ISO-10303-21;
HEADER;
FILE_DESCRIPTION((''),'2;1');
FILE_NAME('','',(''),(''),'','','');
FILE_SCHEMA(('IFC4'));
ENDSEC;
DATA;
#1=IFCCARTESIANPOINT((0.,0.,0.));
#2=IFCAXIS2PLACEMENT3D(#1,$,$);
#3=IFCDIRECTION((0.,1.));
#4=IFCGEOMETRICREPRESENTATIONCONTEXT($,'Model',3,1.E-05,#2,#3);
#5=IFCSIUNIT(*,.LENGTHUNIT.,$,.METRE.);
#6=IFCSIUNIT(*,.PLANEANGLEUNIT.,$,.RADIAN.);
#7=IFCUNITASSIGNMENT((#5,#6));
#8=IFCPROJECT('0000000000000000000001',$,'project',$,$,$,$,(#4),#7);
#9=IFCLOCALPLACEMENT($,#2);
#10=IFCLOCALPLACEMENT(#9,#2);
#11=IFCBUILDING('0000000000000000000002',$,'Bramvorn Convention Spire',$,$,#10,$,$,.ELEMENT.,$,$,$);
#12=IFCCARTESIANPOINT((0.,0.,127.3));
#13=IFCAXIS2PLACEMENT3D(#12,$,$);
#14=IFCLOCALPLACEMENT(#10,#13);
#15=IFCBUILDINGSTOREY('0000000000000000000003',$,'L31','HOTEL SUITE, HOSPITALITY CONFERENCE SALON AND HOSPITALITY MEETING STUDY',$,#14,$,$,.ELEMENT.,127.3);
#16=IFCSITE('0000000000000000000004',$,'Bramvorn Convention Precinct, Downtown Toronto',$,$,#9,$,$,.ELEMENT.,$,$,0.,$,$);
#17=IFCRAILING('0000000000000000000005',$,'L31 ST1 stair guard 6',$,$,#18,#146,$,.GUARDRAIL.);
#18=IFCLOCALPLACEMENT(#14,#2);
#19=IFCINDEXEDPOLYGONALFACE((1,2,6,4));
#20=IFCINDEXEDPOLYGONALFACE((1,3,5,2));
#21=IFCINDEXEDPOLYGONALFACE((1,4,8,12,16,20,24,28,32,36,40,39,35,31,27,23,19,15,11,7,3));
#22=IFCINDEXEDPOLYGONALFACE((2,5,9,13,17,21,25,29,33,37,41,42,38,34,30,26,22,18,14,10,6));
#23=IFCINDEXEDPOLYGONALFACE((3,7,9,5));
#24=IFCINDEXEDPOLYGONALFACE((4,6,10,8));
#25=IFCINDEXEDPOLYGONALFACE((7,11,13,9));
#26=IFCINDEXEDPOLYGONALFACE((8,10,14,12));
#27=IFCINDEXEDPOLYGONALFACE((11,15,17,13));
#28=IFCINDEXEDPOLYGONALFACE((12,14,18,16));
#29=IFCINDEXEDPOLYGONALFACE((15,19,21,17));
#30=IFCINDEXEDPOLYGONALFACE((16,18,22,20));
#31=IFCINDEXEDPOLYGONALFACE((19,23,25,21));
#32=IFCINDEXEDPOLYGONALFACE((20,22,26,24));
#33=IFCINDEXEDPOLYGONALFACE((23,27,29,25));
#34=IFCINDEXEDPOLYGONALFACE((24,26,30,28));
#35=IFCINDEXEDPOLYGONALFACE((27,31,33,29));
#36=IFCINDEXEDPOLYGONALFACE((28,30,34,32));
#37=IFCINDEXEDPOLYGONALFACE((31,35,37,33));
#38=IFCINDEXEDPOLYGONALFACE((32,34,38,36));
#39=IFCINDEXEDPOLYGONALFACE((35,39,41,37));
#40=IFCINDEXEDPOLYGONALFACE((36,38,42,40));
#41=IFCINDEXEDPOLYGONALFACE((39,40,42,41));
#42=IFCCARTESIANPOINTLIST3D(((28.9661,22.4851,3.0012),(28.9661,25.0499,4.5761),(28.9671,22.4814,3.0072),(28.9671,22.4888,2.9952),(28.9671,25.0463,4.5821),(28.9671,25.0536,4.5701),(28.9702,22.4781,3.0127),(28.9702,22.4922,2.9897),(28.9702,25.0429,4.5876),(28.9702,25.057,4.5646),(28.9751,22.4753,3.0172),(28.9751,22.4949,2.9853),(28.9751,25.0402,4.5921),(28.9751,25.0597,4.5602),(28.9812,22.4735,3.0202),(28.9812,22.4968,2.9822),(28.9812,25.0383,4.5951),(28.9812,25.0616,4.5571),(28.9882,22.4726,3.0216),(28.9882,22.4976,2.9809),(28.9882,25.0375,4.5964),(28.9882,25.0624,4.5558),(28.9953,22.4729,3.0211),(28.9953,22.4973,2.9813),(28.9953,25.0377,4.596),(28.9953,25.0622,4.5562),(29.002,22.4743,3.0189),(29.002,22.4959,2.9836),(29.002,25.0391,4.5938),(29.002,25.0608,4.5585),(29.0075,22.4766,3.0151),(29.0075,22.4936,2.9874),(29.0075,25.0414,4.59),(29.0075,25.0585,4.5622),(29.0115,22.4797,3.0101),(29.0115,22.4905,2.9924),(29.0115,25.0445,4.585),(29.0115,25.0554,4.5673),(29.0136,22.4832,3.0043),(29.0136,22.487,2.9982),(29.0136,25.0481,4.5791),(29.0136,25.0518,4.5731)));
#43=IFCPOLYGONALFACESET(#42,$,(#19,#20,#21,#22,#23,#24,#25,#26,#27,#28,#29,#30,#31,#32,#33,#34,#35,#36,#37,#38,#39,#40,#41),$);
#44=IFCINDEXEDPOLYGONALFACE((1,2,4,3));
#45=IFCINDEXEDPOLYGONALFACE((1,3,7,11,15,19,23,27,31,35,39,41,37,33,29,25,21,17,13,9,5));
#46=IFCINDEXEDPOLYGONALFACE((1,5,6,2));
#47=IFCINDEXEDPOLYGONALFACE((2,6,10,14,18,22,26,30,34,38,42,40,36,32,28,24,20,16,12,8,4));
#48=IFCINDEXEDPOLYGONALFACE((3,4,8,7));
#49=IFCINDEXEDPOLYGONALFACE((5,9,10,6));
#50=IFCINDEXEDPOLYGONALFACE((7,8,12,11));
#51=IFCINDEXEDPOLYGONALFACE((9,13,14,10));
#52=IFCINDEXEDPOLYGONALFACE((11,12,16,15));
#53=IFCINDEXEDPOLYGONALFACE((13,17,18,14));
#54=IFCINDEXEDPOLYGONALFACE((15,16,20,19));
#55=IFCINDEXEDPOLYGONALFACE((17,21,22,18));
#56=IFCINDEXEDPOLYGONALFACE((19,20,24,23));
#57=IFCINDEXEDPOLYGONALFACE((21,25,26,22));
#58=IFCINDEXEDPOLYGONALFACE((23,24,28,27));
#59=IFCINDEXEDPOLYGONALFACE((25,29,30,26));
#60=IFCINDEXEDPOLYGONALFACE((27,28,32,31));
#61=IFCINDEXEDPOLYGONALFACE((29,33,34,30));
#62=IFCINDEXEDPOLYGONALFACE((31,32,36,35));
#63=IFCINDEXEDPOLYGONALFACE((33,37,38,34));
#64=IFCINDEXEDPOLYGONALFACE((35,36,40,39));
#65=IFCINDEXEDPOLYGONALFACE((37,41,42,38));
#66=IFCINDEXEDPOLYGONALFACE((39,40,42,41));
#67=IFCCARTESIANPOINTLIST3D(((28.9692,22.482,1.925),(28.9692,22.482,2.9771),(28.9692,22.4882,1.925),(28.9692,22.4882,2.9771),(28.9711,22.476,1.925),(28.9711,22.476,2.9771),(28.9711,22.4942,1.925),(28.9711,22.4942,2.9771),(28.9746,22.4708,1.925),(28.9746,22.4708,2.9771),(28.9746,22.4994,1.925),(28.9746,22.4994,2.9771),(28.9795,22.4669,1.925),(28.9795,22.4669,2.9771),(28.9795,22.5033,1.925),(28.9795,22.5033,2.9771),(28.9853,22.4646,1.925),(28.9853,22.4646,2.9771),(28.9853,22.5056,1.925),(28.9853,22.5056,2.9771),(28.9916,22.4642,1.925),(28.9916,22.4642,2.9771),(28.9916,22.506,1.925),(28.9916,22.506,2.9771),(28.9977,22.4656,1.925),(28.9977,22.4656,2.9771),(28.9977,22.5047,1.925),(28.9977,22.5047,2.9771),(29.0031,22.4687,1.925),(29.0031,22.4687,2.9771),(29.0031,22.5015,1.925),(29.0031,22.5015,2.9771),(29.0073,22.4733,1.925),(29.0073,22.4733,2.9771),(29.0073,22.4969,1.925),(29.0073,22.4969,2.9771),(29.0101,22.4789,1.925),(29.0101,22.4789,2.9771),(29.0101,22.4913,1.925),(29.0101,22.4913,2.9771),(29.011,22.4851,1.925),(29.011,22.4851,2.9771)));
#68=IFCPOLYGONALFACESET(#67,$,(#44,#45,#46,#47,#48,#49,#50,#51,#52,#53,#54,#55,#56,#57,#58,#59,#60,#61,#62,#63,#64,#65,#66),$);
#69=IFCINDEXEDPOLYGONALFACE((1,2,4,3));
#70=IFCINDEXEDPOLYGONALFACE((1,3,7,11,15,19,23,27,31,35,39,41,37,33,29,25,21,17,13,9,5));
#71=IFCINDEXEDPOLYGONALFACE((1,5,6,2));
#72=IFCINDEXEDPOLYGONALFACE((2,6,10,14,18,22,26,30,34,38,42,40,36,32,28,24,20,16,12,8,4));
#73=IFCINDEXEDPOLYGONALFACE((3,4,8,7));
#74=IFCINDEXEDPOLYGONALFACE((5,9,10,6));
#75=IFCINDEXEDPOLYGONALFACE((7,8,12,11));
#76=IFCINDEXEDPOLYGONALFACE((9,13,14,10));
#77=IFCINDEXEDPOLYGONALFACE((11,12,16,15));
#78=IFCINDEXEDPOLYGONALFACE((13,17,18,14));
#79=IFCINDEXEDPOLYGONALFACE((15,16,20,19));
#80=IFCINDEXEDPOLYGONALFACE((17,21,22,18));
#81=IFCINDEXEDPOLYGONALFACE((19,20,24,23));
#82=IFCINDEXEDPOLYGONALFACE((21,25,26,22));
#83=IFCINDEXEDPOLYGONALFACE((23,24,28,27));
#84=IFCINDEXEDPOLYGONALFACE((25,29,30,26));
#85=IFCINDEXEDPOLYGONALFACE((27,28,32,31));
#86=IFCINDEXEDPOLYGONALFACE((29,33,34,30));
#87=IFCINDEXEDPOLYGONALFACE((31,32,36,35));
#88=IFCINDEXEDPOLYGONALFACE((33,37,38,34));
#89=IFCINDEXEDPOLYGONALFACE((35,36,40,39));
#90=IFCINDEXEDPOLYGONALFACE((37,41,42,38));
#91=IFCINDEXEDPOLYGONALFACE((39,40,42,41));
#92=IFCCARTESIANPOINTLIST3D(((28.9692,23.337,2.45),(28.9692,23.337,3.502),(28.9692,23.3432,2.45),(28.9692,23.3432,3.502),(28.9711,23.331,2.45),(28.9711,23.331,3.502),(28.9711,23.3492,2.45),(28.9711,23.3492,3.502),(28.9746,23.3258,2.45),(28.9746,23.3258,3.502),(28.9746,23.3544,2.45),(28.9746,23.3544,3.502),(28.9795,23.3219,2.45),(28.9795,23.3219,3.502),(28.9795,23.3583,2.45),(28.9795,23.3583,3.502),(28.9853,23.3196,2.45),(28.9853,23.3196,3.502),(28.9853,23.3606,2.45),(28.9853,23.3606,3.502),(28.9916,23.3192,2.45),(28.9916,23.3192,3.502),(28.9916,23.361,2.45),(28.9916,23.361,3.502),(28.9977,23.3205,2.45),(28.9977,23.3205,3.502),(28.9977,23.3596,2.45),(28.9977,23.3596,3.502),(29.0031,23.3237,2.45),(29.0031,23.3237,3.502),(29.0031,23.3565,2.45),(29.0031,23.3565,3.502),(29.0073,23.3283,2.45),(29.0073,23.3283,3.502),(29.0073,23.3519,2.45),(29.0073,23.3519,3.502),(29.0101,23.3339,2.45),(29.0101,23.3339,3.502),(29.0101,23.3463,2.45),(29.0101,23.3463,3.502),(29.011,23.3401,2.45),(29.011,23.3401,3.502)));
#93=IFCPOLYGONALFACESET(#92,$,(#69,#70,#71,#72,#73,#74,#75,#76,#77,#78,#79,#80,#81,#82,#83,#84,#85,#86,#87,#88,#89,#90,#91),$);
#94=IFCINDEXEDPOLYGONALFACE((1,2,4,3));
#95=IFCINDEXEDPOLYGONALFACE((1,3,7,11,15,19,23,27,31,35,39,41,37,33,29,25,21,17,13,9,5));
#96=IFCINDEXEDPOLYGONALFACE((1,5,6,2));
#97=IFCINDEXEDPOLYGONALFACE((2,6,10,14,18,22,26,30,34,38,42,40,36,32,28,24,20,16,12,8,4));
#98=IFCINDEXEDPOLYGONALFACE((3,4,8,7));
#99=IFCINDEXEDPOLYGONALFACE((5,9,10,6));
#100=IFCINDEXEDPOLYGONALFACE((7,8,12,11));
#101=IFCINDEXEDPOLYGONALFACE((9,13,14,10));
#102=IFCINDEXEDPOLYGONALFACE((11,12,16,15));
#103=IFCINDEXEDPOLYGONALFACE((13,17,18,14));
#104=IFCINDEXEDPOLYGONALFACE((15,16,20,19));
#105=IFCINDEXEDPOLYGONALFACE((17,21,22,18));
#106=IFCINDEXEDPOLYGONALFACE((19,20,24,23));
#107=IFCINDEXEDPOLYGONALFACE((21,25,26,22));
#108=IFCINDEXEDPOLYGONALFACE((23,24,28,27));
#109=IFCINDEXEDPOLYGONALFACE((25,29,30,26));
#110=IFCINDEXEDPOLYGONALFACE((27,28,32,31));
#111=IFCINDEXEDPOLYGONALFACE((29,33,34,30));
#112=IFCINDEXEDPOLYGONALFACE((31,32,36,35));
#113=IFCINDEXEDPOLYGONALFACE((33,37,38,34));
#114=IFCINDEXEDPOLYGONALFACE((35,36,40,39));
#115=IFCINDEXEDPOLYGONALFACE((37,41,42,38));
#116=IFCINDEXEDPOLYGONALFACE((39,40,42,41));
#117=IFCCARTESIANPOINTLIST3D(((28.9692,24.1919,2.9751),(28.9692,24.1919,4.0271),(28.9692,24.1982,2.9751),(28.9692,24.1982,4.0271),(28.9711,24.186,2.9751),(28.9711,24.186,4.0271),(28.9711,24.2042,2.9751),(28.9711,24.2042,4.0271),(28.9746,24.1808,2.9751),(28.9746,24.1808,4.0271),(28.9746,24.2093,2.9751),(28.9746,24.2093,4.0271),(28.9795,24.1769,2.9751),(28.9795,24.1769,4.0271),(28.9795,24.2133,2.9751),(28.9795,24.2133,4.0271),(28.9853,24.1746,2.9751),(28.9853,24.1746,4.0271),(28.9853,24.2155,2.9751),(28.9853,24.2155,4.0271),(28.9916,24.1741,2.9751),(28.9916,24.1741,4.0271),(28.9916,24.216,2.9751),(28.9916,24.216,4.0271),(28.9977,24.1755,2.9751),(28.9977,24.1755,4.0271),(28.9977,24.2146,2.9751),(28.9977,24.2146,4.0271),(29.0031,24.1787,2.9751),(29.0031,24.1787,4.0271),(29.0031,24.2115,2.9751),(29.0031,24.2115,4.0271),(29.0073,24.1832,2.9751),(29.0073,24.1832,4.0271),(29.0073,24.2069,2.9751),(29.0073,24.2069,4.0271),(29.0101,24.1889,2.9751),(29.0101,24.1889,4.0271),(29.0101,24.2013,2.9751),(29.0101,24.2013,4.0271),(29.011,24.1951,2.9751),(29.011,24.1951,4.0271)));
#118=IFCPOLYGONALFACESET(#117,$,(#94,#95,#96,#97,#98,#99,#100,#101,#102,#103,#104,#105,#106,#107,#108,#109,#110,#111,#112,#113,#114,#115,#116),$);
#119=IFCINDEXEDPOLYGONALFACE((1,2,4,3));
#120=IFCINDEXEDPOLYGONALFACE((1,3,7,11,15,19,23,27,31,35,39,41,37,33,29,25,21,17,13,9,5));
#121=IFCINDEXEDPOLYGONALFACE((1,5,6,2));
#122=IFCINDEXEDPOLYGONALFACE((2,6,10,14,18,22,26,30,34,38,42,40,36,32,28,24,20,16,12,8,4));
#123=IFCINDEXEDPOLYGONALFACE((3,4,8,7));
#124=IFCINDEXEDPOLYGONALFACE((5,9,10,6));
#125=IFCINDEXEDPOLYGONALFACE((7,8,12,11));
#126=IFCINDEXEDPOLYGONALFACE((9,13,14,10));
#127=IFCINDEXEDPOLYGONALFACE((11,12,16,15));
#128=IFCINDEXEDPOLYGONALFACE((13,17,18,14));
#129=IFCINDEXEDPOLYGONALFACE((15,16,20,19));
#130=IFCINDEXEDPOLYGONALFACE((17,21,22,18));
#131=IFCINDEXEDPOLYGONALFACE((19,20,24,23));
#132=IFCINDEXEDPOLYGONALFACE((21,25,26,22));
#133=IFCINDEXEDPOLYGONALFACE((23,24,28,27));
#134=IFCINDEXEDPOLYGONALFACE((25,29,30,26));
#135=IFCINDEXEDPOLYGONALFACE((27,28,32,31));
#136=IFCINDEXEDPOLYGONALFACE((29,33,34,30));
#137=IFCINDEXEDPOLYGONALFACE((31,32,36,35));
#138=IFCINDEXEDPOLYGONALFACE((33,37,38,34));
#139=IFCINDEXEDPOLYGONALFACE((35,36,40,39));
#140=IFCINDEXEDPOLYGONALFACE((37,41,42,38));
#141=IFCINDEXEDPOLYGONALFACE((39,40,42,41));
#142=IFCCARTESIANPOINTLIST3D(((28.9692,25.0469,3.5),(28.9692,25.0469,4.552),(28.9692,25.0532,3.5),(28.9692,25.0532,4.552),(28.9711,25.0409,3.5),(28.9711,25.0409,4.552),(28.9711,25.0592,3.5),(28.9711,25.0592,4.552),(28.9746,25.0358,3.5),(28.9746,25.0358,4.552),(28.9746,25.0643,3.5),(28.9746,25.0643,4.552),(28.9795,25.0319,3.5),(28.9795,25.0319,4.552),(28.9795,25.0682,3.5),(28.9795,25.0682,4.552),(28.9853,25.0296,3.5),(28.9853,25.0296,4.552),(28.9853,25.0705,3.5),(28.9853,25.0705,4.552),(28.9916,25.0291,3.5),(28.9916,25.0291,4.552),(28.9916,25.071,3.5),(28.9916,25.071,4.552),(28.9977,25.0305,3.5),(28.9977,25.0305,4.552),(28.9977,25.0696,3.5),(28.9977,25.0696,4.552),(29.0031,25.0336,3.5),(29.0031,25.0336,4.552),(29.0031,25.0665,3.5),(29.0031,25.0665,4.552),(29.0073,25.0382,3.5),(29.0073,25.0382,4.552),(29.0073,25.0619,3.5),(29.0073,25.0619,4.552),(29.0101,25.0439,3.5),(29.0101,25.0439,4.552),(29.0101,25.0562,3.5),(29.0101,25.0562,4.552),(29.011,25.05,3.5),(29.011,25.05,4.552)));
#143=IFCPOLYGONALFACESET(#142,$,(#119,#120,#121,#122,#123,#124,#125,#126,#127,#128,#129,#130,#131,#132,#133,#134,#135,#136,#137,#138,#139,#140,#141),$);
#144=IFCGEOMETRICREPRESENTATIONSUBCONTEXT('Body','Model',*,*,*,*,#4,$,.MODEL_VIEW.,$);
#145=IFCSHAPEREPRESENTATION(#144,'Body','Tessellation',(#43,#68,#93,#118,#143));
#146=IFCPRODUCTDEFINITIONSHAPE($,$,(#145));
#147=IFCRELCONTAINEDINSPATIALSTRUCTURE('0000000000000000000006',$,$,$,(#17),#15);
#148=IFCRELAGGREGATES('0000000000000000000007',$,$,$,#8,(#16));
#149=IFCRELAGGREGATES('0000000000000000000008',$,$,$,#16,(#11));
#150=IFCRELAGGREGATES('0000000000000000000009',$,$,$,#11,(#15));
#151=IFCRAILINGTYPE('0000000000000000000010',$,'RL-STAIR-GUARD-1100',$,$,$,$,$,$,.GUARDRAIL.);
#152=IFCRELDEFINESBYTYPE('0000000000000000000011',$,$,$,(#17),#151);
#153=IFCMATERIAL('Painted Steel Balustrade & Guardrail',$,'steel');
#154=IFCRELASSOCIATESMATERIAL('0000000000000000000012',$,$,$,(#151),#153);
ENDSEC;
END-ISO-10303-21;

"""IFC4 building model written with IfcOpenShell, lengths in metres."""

from ifc_helpers import new_model, si_unit, direction, frame, origin, origin_2d, place, context, subcontext, project, spatial, circle, extrude, material, type_object, element, save


model = new_model("IFC4")

# Units and contexts
model_context = context("Model", 3, precision=1e-05, world=origin(), true_north=direction((0.0, 1.0)))
body_context = subcontext(model_context, "Body", "Model", "MODEL_VIEW")
ifc_project = project(units=[si_unit("LENGTHUNIT", "METRE"), si_unit("PLANEANGLEUNIT", "RADIAN")], contexts=[model_context])

# Site, building, storey
site_placement = place(None, origin())
site = spatial("IfcSite", under=ifc_project, at=site_placement, Name="Bramvorn Convention Precinct, Downtown Toronto", CompositionType="ELEMENT", RefElevation=0.0)
building_placement = place(site_placement, origin())
building = spatial("IfcBuilding", under=site, at=building_placement, Name="Bramvorn Convention Spire", CompositionType="ELEMENT")
storey_placement = place(building_placement, frame((0.0, 0.0, 127.3)))
storey = spatial("IfcBuildingStorey", under=building, at=storey_placement, Name="L31", Description="HOTEL SUITE, HOSPITALITY CONFERENCE SALON AND HOSPITALITY MEETING STUDY", CompositionType="ELEMENT", Elevation=127.3)

# Railing
ifc_material_1 = material(Name="Painted Steel Balustrade & Guardrail", Category="steel")
railing_type_1 = type_object("IfcRailingType", Name="RL-STAIR-GUARD-1100", PredefinedType="GUARDRAIL", material=ifc_material_1)
railing_1_placement = place(storey_placement, frame((28.99, 22.4851, 1.925)))
element("IfcRailing", 1, at=railing_1_placement, inside=storey, type_object=railing_type_1, Name="L31 ST1 stair guard 6", PredefinedType="GUARDRAIL", context=body_context, shape_type="SweptSolid", body=[
    extrude(circle(Radius=0.0239, at=origin_2d()), frame((0.0, 0.0, 1.0762), z_axis=(0.0, 0.852173, 0.52326), x_axis=(-1.0, 0.0, 0.0)), (0.0, 0.0, 1.0), 3.0098),
    extrude(circle(Radius=0.021, at=origin_2d()), origin(), (0.0, 0.0, 1.0), 1.052),
    extrude(circle(Radius=0.021, at=origin_2d()), frame((0.0, 0.855, 0.5249)), (0.0, 0.0, 1.0), 1.052),
    extrude(circle(Radius=0.021, at=origin_2d()), frame((0.0, 1.71, 1.05)), (0.0, 0.0, 1.0), 1.052),
    extrude(circle(Radius=0.021, at=origin_2d()), frame((0.0, 2.5649, 1.575)), (0.0, 0.0, 1.0), 1.052),
])

save(model, "model.ifc")
